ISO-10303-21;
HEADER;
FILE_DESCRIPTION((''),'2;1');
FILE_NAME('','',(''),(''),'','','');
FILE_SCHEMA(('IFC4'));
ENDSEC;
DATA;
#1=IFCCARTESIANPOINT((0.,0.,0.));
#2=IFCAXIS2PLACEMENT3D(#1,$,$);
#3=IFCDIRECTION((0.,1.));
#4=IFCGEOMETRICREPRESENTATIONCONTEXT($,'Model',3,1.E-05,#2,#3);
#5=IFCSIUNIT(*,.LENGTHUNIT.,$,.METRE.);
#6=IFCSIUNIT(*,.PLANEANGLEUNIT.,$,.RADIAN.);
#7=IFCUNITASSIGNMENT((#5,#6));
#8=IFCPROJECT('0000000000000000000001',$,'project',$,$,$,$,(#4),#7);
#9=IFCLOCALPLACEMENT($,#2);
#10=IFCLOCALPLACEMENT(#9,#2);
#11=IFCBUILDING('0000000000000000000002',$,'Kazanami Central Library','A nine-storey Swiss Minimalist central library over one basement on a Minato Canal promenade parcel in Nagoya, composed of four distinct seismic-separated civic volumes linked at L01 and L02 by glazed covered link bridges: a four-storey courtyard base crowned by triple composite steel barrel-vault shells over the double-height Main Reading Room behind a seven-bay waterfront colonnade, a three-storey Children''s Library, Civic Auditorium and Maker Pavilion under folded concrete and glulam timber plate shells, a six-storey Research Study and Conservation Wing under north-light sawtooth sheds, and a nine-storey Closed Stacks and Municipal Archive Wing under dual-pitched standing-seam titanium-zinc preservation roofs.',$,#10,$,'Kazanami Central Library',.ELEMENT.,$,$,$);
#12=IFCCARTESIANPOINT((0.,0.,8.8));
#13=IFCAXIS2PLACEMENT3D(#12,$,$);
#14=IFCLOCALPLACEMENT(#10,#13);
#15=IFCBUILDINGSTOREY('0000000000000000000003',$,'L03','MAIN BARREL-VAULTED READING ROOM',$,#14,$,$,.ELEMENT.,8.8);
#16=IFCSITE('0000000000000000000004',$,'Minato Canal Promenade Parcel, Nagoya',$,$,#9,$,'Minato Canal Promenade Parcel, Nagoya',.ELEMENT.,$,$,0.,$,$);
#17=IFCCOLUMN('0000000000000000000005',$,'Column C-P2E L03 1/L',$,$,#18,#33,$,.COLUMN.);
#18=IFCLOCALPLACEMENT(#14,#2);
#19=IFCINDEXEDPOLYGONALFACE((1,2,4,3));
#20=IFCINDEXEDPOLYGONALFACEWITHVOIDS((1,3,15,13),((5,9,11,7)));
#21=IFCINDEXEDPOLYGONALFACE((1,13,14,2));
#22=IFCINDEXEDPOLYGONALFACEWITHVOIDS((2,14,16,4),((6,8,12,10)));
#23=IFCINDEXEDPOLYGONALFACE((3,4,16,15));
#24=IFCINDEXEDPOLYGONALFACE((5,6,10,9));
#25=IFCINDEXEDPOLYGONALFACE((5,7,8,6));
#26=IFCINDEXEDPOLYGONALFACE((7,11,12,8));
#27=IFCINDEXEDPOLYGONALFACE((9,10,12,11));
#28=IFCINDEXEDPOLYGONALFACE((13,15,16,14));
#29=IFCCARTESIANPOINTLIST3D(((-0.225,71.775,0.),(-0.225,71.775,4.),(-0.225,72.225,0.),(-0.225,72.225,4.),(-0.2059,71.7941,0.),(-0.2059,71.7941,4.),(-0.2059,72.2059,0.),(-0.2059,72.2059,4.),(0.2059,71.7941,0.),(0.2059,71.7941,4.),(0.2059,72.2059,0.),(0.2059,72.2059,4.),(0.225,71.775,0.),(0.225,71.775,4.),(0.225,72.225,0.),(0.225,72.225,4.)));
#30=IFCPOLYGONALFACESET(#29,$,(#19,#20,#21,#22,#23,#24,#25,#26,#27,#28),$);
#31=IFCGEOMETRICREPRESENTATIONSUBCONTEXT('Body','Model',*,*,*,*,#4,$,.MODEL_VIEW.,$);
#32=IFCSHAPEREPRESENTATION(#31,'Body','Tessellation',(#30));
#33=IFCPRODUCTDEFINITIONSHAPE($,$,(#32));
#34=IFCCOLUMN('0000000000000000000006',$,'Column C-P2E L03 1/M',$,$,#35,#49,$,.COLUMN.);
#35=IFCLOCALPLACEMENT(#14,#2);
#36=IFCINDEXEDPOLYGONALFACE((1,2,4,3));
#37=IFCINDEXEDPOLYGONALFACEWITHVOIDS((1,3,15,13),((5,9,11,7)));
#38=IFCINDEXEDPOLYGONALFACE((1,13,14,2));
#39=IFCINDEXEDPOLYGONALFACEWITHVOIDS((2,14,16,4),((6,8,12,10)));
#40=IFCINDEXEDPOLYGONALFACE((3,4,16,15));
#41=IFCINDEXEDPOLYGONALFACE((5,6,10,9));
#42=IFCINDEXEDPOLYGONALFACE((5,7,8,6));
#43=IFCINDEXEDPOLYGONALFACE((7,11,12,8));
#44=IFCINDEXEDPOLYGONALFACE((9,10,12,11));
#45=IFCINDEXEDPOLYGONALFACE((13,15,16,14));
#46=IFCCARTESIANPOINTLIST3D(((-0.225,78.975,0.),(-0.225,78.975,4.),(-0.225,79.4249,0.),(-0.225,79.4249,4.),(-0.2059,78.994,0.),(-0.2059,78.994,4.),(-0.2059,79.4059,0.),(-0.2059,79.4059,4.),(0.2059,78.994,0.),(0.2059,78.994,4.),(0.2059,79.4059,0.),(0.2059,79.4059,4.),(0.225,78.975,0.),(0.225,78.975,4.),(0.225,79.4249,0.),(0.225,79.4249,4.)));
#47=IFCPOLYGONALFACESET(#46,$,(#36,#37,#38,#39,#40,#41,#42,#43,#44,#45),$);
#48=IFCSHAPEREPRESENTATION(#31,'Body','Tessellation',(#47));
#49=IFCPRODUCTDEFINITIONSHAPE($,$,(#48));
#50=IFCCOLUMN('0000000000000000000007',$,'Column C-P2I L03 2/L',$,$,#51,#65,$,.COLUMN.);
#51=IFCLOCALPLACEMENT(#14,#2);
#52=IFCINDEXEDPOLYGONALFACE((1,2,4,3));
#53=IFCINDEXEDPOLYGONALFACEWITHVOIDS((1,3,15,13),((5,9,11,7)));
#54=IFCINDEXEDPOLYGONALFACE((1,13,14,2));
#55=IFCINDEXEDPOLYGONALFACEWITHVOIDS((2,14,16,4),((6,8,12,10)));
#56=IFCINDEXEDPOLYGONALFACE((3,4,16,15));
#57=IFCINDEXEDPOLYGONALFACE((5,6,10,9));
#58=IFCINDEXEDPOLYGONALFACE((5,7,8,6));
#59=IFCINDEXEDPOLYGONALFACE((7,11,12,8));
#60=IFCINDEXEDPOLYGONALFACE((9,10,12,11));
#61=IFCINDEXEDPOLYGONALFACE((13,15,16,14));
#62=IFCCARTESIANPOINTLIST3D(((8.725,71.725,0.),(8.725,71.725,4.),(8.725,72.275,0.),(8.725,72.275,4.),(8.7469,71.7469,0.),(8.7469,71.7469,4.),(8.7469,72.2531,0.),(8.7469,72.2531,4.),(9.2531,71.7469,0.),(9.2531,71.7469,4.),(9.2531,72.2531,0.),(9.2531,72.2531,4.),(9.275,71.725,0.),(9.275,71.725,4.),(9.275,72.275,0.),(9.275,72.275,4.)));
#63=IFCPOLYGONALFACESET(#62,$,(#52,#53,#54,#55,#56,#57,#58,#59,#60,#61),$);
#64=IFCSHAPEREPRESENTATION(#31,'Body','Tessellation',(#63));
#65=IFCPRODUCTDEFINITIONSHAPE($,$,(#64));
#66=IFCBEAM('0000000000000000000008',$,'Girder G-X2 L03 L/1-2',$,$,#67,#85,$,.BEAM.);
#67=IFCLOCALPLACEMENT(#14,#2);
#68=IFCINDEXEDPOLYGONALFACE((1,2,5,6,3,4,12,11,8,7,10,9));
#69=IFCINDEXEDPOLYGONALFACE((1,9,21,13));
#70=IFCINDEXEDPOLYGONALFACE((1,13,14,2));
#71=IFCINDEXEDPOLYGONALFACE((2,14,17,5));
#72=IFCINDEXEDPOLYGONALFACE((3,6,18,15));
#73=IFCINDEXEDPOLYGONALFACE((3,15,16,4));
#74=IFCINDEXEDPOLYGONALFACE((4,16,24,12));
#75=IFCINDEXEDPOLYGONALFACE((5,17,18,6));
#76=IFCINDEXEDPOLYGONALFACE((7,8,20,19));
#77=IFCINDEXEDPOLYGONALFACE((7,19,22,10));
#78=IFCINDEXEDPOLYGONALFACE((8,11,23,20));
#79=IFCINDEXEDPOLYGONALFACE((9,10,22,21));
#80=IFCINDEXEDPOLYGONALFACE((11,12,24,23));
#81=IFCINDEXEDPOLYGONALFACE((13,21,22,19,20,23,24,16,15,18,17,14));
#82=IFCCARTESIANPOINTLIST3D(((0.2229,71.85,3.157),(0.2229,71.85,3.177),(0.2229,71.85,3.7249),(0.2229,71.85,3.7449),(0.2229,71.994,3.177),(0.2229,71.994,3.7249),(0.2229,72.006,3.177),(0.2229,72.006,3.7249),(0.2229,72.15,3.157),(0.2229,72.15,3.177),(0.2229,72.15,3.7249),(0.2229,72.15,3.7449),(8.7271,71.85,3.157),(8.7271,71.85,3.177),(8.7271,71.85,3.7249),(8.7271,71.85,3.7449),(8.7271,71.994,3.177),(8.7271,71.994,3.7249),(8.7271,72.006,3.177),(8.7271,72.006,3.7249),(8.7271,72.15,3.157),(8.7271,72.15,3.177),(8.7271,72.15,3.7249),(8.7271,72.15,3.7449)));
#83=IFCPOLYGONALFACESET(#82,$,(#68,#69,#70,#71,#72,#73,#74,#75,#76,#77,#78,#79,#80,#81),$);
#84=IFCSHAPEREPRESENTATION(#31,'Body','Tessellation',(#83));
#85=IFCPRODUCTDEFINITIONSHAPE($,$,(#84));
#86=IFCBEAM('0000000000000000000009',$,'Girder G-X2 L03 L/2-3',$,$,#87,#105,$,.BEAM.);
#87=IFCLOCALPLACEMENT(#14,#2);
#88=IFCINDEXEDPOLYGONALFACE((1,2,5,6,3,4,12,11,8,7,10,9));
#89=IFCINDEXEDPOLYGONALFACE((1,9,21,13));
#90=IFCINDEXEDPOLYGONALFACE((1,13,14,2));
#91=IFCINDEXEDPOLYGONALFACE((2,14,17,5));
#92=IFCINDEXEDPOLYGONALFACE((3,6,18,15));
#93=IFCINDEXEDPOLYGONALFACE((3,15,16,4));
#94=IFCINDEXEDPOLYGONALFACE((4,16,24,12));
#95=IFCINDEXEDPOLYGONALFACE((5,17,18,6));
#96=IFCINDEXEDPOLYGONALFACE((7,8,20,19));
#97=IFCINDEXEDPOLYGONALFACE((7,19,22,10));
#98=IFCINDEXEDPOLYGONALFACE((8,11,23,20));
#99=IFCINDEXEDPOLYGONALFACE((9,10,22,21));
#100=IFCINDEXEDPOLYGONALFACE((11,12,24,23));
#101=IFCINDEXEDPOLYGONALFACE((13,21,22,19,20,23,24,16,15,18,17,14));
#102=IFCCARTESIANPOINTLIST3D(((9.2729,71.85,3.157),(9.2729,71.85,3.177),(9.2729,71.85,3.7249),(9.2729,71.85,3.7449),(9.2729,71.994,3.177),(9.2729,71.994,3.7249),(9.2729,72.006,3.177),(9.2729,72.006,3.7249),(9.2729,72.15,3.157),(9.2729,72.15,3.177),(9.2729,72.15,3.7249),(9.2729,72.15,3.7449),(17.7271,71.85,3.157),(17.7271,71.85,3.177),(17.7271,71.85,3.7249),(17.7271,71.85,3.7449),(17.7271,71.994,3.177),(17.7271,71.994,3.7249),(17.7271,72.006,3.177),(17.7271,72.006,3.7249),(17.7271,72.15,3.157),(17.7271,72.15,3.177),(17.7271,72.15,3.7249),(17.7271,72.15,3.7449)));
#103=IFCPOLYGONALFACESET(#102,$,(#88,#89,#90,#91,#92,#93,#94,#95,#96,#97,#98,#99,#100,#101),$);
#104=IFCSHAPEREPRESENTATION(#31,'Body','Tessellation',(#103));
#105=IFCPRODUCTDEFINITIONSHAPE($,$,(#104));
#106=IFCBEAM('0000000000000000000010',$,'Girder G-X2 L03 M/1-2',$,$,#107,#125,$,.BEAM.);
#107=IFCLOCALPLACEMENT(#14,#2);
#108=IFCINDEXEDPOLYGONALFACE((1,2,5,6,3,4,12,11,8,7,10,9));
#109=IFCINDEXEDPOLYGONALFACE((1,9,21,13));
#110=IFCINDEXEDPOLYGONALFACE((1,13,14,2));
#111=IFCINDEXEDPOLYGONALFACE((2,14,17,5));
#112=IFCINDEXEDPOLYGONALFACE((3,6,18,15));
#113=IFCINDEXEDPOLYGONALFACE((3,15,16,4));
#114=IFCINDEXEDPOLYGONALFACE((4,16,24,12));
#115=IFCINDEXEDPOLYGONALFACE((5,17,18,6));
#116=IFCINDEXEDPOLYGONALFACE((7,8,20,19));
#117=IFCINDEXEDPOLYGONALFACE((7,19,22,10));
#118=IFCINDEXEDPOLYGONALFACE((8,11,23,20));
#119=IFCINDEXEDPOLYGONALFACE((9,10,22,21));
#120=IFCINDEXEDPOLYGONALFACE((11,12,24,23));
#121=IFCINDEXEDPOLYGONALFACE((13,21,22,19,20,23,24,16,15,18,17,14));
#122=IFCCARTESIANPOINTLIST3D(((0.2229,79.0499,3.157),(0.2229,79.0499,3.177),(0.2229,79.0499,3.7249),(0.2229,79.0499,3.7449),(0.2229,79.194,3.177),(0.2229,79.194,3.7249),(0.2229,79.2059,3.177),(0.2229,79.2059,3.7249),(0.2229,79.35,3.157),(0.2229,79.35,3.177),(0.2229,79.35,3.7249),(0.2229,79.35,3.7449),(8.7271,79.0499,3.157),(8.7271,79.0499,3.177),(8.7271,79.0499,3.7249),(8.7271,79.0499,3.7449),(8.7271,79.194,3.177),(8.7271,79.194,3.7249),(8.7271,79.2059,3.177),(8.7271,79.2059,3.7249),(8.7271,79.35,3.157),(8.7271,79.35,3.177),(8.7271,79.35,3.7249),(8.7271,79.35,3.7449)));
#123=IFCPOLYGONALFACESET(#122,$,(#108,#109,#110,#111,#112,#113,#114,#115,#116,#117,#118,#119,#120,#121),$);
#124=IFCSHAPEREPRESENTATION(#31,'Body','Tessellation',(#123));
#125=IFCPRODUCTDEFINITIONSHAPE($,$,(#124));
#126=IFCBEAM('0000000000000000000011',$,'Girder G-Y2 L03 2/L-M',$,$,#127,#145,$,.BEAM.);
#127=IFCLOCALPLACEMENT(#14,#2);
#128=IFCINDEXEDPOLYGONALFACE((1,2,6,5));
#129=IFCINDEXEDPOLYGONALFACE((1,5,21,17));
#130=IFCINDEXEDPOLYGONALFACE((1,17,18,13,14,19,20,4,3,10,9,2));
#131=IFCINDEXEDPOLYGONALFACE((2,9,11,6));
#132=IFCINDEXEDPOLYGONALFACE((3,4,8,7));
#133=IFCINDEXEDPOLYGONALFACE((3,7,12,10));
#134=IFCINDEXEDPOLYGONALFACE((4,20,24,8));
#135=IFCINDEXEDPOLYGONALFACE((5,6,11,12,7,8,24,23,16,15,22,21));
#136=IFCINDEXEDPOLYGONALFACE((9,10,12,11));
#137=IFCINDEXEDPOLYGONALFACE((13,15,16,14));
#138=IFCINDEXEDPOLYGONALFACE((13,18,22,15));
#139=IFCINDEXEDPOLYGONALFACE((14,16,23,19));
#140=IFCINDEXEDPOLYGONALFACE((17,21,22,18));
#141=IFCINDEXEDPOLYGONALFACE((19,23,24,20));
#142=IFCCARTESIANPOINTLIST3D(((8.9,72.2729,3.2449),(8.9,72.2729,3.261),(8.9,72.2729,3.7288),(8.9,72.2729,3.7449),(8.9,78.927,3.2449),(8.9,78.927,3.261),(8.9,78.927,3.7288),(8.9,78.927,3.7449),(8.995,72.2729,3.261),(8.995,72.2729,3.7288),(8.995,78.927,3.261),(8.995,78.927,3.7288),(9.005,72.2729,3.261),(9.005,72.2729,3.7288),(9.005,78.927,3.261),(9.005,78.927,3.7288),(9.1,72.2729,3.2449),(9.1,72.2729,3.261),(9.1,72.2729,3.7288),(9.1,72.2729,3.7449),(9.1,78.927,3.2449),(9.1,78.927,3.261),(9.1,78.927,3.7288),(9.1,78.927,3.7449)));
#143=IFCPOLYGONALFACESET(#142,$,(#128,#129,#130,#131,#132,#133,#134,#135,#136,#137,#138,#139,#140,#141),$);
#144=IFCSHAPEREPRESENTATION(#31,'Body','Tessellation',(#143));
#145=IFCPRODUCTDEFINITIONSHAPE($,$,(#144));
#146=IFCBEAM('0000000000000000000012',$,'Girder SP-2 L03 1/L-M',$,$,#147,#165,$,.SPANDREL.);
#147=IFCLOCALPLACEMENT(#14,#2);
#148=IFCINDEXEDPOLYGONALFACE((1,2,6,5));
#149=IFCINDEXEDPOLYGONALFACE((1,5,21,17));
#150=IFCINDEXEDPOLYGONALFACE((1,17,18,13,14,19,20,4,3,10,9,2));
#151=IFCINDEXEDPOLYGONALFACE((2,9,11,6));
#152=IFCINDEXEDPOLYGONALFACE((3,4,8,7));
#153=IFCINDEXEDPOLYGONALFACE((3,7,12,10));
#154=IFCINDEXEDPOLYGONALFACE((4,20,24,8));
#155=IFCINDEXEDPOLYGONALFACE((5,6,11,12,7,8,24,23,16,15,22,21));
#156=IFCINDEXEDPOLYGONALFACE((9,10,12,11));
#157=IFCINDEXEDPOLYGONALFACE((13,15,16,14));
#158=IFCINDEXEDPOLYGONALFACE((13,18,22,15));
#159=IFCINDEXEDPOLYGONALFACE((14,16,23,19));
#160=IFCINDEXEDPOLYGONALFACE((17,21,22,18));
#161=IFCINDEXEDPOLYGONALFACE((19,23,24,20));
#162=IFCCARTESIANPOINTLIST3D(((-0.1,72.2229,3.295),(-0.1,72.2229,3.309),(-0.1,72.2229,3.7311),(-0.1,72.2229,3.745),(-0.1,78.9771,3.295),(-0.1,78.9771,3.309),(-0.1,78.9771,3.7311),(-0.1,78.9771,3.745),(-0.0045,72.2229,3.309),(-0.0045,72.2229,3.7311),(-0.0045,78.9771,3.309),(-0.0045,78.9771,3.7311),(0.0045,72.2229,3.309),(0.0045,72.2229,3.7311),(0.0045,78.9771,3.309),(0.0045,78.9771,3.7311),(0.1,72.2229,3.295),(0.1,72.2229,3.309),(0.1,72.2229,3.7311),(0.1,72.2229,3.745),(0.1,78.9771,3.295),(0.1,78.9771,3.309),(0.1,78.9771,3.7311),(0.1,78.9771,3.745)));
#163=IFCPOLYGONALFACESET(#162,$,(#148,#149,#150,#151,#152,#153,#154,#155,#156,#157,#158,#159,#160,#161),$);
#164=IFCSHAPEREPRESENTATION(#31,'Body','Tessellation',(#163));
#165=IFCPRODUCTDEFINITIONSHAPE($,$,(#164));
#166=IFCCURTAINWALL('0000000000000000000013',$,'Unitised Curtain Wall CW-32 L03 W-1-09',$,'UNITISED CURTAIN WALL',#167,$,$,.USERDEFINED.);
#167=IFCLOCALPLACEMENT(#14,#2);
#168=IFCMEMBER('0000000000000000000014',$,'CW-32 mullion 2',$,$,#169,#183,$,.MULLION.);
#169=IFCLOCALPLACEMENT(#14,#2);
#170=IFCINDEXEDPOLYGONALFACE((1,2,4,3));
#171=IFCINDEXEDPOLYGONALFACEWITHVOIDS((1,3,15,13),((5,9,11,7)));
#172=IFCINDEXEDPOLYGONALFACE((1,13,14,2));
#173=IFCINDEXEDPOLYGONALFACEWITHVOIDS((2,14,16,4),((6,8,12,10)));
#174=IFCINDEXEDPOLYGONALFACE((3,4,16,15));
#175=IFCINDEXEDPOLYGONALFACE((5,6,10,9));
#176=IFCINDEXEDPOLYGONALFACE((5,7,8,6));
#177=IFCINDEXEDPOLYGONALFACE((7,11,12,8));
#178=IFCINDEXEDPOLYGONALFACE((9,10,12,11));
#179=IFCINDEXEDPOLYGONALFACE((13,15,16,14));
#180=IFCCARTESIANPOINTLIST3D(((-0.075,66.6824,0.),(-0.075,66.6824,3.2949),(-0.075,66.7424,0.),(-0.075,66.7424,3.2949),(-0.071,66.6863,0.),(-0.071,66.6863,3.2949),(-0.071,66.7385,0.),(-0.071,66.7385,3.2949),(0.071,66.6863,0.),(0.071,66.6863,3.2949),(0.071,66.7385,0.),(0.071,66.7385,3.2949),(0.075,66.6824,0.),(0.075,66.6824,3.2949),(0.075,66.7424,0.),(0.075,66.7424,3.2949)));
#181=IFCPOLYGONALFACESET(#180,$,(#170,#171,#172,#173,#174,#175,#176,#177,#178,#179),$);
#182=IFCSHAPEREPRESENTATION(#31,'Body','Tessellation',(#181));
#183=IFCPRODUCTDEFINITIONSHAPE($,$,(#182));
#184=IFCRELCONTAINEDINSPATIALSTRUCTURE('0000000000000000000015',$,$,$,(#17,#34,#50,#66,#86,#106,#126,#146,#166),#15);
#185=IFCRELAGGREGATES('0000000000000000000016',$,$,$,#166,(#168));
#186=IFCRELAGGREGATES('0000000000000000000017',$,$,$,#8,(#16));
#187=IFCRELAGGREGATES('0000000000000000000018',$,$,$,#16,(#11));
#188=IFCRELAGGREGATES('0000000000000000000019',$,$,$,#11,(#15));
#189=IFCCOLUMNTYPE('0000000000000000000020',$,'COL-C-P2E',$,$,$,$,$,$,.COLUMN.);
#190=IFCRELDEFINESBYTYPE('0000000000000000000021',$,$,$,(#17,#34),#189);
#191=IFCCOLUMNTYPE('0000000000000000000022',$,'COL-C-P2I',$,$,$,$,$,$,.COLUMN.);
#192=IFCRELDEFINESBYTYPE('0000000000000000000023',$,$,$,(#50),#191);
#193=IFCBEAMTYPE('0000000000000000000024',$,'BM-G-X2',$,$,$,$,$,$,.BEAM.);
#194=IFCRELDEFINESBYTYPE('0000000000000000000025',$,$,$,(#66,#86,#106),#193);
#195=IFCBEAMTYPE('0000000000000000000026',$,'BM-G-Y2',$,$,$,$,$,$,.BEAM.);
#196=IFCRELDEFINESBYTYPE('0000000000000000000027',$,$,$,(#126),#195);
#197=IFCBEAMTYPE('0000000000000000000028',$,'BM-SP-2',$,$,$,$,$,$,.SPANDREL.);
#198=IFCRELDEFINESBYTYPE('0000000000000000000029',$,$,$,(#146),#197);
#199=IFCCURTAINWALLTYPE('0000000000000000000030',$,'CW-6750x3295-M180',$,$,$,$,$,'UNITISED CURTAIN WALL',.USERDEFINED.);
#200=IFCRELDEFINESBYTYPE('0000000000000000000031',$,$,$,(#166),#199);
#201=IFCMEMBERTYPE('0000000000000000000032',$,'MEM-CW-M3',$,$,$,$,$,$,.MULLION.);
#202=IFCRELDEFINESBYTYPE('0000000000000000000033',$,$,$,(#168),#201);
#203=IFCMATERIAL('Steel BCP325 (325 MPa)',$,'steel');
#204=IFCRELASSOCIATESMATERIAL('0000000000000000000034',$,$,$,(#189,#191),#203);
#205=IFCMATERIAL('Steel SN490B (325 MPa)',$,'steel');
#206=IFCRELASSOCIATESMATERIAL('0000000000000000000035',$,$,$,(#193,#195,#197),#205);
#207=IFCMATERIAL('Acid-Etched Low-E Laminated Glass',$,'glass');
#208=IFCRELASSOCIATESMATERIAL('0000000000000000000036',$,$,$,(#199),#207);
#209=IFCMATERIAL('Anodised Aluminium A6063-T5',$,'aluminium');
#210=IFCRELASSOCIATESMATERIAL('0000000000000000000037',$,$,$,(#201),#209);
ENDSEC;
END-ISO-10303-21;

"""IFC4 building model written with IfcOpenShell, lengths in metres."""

from ifc_helpers import new_model, si_unit, direction, frame, origin, origin_2d, place, context, subcontext, project, spatial, hollow_rectangle, i_section, extrude, material, material_profile, profile_set, type_object, element, aggregate, save


model = new_model("IFC4")

# Units and contexts
model_context = context("Model", 3, precision=1e-05, world=origin(), true_north=direction((0.0, 1.0)))
body_context = subcontext(model_context, "Body", "Model", "MODEL_VIEW")
ifc_project = project(units=[si_unit("LENGTHUNIT", "METRE"), si_unit("PLANEANGLEUNIT", "RADIAN")], contexts=[model_context])

# Site, building, storey
site_placement = place(None, origin())
site = spatial("IfcSite", under=ifc_project, at=site_placement, Name="Minato Canal Promenade Parcel, Nagoya", LongName="Minato Canal Promenade Parcel, Nagoya", CompositionType="ELEMENT", RefElevation=0.0)
building_placement = place(site_placement, origin())
building = spatial("IfcBuilding", under=site, at=building_placement, Name="Kazanami Central Library", Description="A nine-storey Swiss Minimalist central library over one basement on a Minato Canal promenade parcel in Nagoya, composed of four distinct seismic-separated civic volumes linked at L01 and L02 by glazed covered link bridges: a four-storey courtyard base crowned by triple composite steel barrel-vault shells over the double-height Main Reading Room behind a seven-bay waterfront colonnade, a three-storey Children's Library, Civic Auditorium and Maker Pavilion under folded concrete and glulam timber plate shells, a six-storey Research Study and Conservation Wing under north-light sawtooth sheds, and a nine-storey Closed Stacks and Municipal Archive Wing under dual-pitched standing-seam titanium-zinc preservation roofs.", LongName="Kazanami Central Library", CompositionType="ELEMENT")
storey_placement = place(building_placement, frame((0.0, 0.0, 8.8)))
storey = spatial("IfcBuildingStorey", under=building, at=storey_placement, Name="L03", Description="MAIN BARREL-VAULTED READING ROOM", CompositionType="ELEMENT", Elevation=8.8)

# Columns
ifc_material_1 = material(Name="Steel BCP325 (325 MPa)", Category="steel")
ifc_material_profile_1 = material_profile(ifc_material_1, hollow_rectangle(XDim=0.45, YDim=0.45, WallThickness=0.019, at=origin_2d()), Name="BCP-450x450x19")
ifc_profile_set_1 = profile_set([ifc_material_profile_1], Name="Steel BCP325 (325 MPa)")
column_type_1 = type_object("IfcColumnType", Name="COL-C-P2E", PredefinedType="COLUMN", material=ifc_profile_set_1)
for number, where, z_axis, x_axis, name in (
    (1, (0.0, 72.0, 0.0), (0.0, 0.0, 1.0), (1.0, 0.0, 0.0), "Column C-P2E L03 1/L"),
    (2, (0.0, 79.2, 0.0), (0.0, 0.0, 1.0), (1.0, 0.0, 0.0), "Column C-P2E L03 1/M"),
):
    element("IfcColumn", number, at=place(storey_placement, frame(where, z_axis=z_axis, x_axis=x_axis)), inside=storey, type_object=column_type_1, Name=name, PredefinedType="COLUMN", context=body_context, shape_type="SweptSolid", body=[
        extrude(hollow_rectangle(XDim=0.45, YDim=0.45, WallThickness=0.019, at=origin_2d()), origin(), (0.0, 0.0, 1.0), 4.0),
    ])
ifc_material_profile_2 = material_profile(ifc_material_1, hollow_rectangle(XDim=0.55, YDim=0.55, WallThickness=0.022, at=origin_2d()), Name="BCP-550x550x22")
ifc_profile_set_2 = profile_set([ifc_material_profile_2], Name="Steel BCP325 (325 MPa)")
column_type_2 = type_object("IfcColumnType", Name="COL-C-P2I", PredefinedType="COLUMN", material=ifc_profile_set_2)
column_placement = place(storey_placement, frame((9.0, 72.0, 0.0), z_axis=(0.0, 0.0, 1.0), x_axis=(1.0, 0.0, 0.0)))
element("IfcColumn", 3, at=column_placement, inside=storey, type_object=column_type_2, Name="Column C-P2I L03 2/L", PredefinedType="COLUMN", context=body_context, shape_type="SweptSolid", body=[
    extrude(hollow_rectangle(XDim=0.55, YDim=0.55, WallThickness=0.022, at=origin_2d()), origin(), (0.0, 0.0, 1.0), 4.0),
])

# Beams
ifc_material_2 = material(Name="Steel SN490B (325 MPa)", Category="steel")
ifc_material_profile_3 = material_profile(ifc_material_2, i_section(OverallWidth=0.3, OverallDepth=0.5879, WebThickness=0.012, FlangeThickness=0.02, at=origin_2d()), Name="H-588x300x12x20")
ifc_profile_set_3 = profile_set([ifc_material_profile_3], Name="Steel SN490B (325 MPa)")
beam_type_1 = type_object("IfcBeamType", Name="BM-G-X2", PredefinedType="BEAM", material=ifc_profile_set_3)
beam_1_placement = place(storey_placement, frame((0.2229, 72.0, 3.4509), z_axis=(1.0, 0.0, 0.0), x_axis=(0.0, 1.0, 0.0)))
element("IfcBeam", 4, at=beam_1_placement, inside=storey, type_object=beam_type_1, Name="Girder G-X2 L03 L/1-2", PredefinedType="BEAM", context=body_context, shape_type="SweptSolid", body=[
    extrude(i_section(OverallWidth=0.3, OverallDepth=0.5879, WebThickness=0.012, FlangeThickness=0.02, at=origin_2d()), origin(), (0.0, 0.0, 1.0), 8.5042),
])
beam_2_placement = place(storey_placement, frame((9.2729, 72.0, 3.4509), z_axis=(1.0, 0.0, 0.0), x_axis=(0.0, 1.0, 0.0)))
element("IfcBeam", 5, at=beam_2_placement, inside=storey, type_object=beam_type_1, Name="Girder G-X2 L03 L/2-3", PredefinedType="BEAM", context=body_context, shape_type="SweptSolid", body=[
    extrude(i_section(OverallWidth=0.3, OverallDepth=0.5879, WebThickness=0.012, FlangeThickness=0.02, at=origin_2d()), origin(), (0.0, 0.0, 1.0), 8.4541),
])
beam_3_placement = place(storey_placement, frame((0.2229, 79.2, 3.4509), z_axis=(1.0, 0.0, 0.0), x_axis=(0.0, 1.0, 0.0)))
element("IfcBeam", 6, at=beam_3_placement, inside=storey, type_object=beam_type_1, Name="Girder G-X2 L03 M/1-2", PredefinedType="BEAM", context=body_context, shape_type="SweptSolid", body=[
    extrude(i_section(OverallWidth=0.3, OverallDepth=0.5879, WebThickness=0.012, FlangeThickness=0.02, at=origin_2d()), origin(), (0.0, 0.0, 1.0), 8.5042),
])
ifc_material_profile_4 = material_profile(ifc_material_2, i_section(OverallWidth=0.2, OverallDepth=0.5, WebThickness=0.01, FlangeThickness=0.0161, at=origin_2d()), Name="H-500x200x10x16")
ifc_profile_set_4 = profile_set([ifc_material_profile_4], Name="Steel SN490B (325 MPa)")
beam_type_2 = type_object("IfcBeamType", Name="BM-G-Y2", PredefinedType="BEAM", material=ifc_profile_set_4)
beam_4_placement = place(storey_placement, frame((9.0, 72.2729, 3.4949), z_axis=(0.0, 1.0, 0.0), x_axis=(-1.0, 0.0, 0.0)))
element("IfcBeam", 7, at=beam_4_placement, inside=storey, type_object=beam_type_2, Name="Girder G-Y2 L03 2/L-M", PredefinedType="BEAM", context=body_context, shape_type="SweptSolid", body=[
    extrude(i_section(OverallWidth=0.2, OverallDepth=0.5, WebThickness=0.01, FlangeThickness=0.0161, at=origin_2d()), origin(), (0.0, 0.0, 1.0), 6.6541),
])
ifc_material_profile_5 = material_profile(ifc_material_2, i_section(OverallWidth=0.2, OverallDepth=0.45, WebThickness=0.009, FlangeThickness=0.0139, at=origin_2d()), Name="H-450x200x9x14")
ifc_profile_set_5 = profile_set([ifc_material_profile_5], Name="Steel SN490B (325 MPa)")
beam_type_3 = type_object("IfcBeamType", Name="BM-SP-2", PredefinedType="SPANDREL", material=ifc_profile_set_5)
beam_5_placement = place(storey_placement, frame((0.0, 72.2229, 3.52), z_axis=(0.0, 1.0, 0.0), x_axis=(-1.0, 0.0, 0.0)))
element("IfcBeam", 8, at=beam_5_placement, inside=storey, type_object=beam_type_3, Name="Girder SP-2 L03 1/L-M", PredefinedType="SPANDREL", context=body_context, shape_type="SweptSolid", body=[
    extrude(i_section(OverallWidth=0.2, OverallDepth=0.45, WebThickness=0.009, FlangeThickness=0.0139, at=origin_2d()), origin(), (0.0, 0.0, 1.0), 6.7542),
])

# Curtain wall, member
ifc_material_3 = material(Name="Acid-Etched Low-E Laminated Glass", Category="glass")
curtain_wall_type = type_object("IfcCurtainWallType", Name="CW-6750x3295-M180", ElementType="UNITISED CURTAIN WALL", PredefinedType="USERDEFINED", material=ifc_material_3)
curtain_wall_placement = place(storey_placement, origin())
curtain_wall = element("IfcCurtainWall", 9, at=curtain_wall_placement, inside=storey, type_object=curtain_wall_type, Name="Unitised Curtain Wall CW-32 L03 W-1-09", ObjectType="UNITISED CURTAIN WALL", PredefinedType="USERDEFINED")
ifc_material_4 = material(Name="Anodised Aluminium A6063-T5", Category="aluminium")
ifc_material_profile_6 = material_profile(ifc_material_4, hollow_rectangle(XDim=0.0601, YDim=0.1499, WallThickness=0.0039, at=origin_2d()), Name="ALU-MULL-60x150x4")
ifc_profile_set_6 = profile_set([ifc_material_profile_6], Name="Anodised Aluminium A6063-T5")
member_type_1 = type_object("IfcMemberType", Name="MEM-CW-M3", PredefinedType="MULLION", material=ifc_profile_set_6)
member_1_placement = place(storey_placement, frame((0.0, 66.7124, 0.0), z_axis=(0.0, 0.0, 1.0), x_axis=(0.0, 1.0, 0.0)))
member_1 = element("IfcMember", 10, at=member_1_placement, type_object=member_type_1, Name="CW-32 mullion 2", PredefinedType="MULLION", context=body_context, shape_type="SweptSolid", body=[
    extrude(hollow_rectangle(XDim=0.0601, YDim=0.1499, WallThickness=0.0039, at=origin_2d()), origin(), (0.0, 0.0, 1.0), 3.2949),
])
aggregate(curtain_wall, [member_1])

save(model, "model.ifc")
